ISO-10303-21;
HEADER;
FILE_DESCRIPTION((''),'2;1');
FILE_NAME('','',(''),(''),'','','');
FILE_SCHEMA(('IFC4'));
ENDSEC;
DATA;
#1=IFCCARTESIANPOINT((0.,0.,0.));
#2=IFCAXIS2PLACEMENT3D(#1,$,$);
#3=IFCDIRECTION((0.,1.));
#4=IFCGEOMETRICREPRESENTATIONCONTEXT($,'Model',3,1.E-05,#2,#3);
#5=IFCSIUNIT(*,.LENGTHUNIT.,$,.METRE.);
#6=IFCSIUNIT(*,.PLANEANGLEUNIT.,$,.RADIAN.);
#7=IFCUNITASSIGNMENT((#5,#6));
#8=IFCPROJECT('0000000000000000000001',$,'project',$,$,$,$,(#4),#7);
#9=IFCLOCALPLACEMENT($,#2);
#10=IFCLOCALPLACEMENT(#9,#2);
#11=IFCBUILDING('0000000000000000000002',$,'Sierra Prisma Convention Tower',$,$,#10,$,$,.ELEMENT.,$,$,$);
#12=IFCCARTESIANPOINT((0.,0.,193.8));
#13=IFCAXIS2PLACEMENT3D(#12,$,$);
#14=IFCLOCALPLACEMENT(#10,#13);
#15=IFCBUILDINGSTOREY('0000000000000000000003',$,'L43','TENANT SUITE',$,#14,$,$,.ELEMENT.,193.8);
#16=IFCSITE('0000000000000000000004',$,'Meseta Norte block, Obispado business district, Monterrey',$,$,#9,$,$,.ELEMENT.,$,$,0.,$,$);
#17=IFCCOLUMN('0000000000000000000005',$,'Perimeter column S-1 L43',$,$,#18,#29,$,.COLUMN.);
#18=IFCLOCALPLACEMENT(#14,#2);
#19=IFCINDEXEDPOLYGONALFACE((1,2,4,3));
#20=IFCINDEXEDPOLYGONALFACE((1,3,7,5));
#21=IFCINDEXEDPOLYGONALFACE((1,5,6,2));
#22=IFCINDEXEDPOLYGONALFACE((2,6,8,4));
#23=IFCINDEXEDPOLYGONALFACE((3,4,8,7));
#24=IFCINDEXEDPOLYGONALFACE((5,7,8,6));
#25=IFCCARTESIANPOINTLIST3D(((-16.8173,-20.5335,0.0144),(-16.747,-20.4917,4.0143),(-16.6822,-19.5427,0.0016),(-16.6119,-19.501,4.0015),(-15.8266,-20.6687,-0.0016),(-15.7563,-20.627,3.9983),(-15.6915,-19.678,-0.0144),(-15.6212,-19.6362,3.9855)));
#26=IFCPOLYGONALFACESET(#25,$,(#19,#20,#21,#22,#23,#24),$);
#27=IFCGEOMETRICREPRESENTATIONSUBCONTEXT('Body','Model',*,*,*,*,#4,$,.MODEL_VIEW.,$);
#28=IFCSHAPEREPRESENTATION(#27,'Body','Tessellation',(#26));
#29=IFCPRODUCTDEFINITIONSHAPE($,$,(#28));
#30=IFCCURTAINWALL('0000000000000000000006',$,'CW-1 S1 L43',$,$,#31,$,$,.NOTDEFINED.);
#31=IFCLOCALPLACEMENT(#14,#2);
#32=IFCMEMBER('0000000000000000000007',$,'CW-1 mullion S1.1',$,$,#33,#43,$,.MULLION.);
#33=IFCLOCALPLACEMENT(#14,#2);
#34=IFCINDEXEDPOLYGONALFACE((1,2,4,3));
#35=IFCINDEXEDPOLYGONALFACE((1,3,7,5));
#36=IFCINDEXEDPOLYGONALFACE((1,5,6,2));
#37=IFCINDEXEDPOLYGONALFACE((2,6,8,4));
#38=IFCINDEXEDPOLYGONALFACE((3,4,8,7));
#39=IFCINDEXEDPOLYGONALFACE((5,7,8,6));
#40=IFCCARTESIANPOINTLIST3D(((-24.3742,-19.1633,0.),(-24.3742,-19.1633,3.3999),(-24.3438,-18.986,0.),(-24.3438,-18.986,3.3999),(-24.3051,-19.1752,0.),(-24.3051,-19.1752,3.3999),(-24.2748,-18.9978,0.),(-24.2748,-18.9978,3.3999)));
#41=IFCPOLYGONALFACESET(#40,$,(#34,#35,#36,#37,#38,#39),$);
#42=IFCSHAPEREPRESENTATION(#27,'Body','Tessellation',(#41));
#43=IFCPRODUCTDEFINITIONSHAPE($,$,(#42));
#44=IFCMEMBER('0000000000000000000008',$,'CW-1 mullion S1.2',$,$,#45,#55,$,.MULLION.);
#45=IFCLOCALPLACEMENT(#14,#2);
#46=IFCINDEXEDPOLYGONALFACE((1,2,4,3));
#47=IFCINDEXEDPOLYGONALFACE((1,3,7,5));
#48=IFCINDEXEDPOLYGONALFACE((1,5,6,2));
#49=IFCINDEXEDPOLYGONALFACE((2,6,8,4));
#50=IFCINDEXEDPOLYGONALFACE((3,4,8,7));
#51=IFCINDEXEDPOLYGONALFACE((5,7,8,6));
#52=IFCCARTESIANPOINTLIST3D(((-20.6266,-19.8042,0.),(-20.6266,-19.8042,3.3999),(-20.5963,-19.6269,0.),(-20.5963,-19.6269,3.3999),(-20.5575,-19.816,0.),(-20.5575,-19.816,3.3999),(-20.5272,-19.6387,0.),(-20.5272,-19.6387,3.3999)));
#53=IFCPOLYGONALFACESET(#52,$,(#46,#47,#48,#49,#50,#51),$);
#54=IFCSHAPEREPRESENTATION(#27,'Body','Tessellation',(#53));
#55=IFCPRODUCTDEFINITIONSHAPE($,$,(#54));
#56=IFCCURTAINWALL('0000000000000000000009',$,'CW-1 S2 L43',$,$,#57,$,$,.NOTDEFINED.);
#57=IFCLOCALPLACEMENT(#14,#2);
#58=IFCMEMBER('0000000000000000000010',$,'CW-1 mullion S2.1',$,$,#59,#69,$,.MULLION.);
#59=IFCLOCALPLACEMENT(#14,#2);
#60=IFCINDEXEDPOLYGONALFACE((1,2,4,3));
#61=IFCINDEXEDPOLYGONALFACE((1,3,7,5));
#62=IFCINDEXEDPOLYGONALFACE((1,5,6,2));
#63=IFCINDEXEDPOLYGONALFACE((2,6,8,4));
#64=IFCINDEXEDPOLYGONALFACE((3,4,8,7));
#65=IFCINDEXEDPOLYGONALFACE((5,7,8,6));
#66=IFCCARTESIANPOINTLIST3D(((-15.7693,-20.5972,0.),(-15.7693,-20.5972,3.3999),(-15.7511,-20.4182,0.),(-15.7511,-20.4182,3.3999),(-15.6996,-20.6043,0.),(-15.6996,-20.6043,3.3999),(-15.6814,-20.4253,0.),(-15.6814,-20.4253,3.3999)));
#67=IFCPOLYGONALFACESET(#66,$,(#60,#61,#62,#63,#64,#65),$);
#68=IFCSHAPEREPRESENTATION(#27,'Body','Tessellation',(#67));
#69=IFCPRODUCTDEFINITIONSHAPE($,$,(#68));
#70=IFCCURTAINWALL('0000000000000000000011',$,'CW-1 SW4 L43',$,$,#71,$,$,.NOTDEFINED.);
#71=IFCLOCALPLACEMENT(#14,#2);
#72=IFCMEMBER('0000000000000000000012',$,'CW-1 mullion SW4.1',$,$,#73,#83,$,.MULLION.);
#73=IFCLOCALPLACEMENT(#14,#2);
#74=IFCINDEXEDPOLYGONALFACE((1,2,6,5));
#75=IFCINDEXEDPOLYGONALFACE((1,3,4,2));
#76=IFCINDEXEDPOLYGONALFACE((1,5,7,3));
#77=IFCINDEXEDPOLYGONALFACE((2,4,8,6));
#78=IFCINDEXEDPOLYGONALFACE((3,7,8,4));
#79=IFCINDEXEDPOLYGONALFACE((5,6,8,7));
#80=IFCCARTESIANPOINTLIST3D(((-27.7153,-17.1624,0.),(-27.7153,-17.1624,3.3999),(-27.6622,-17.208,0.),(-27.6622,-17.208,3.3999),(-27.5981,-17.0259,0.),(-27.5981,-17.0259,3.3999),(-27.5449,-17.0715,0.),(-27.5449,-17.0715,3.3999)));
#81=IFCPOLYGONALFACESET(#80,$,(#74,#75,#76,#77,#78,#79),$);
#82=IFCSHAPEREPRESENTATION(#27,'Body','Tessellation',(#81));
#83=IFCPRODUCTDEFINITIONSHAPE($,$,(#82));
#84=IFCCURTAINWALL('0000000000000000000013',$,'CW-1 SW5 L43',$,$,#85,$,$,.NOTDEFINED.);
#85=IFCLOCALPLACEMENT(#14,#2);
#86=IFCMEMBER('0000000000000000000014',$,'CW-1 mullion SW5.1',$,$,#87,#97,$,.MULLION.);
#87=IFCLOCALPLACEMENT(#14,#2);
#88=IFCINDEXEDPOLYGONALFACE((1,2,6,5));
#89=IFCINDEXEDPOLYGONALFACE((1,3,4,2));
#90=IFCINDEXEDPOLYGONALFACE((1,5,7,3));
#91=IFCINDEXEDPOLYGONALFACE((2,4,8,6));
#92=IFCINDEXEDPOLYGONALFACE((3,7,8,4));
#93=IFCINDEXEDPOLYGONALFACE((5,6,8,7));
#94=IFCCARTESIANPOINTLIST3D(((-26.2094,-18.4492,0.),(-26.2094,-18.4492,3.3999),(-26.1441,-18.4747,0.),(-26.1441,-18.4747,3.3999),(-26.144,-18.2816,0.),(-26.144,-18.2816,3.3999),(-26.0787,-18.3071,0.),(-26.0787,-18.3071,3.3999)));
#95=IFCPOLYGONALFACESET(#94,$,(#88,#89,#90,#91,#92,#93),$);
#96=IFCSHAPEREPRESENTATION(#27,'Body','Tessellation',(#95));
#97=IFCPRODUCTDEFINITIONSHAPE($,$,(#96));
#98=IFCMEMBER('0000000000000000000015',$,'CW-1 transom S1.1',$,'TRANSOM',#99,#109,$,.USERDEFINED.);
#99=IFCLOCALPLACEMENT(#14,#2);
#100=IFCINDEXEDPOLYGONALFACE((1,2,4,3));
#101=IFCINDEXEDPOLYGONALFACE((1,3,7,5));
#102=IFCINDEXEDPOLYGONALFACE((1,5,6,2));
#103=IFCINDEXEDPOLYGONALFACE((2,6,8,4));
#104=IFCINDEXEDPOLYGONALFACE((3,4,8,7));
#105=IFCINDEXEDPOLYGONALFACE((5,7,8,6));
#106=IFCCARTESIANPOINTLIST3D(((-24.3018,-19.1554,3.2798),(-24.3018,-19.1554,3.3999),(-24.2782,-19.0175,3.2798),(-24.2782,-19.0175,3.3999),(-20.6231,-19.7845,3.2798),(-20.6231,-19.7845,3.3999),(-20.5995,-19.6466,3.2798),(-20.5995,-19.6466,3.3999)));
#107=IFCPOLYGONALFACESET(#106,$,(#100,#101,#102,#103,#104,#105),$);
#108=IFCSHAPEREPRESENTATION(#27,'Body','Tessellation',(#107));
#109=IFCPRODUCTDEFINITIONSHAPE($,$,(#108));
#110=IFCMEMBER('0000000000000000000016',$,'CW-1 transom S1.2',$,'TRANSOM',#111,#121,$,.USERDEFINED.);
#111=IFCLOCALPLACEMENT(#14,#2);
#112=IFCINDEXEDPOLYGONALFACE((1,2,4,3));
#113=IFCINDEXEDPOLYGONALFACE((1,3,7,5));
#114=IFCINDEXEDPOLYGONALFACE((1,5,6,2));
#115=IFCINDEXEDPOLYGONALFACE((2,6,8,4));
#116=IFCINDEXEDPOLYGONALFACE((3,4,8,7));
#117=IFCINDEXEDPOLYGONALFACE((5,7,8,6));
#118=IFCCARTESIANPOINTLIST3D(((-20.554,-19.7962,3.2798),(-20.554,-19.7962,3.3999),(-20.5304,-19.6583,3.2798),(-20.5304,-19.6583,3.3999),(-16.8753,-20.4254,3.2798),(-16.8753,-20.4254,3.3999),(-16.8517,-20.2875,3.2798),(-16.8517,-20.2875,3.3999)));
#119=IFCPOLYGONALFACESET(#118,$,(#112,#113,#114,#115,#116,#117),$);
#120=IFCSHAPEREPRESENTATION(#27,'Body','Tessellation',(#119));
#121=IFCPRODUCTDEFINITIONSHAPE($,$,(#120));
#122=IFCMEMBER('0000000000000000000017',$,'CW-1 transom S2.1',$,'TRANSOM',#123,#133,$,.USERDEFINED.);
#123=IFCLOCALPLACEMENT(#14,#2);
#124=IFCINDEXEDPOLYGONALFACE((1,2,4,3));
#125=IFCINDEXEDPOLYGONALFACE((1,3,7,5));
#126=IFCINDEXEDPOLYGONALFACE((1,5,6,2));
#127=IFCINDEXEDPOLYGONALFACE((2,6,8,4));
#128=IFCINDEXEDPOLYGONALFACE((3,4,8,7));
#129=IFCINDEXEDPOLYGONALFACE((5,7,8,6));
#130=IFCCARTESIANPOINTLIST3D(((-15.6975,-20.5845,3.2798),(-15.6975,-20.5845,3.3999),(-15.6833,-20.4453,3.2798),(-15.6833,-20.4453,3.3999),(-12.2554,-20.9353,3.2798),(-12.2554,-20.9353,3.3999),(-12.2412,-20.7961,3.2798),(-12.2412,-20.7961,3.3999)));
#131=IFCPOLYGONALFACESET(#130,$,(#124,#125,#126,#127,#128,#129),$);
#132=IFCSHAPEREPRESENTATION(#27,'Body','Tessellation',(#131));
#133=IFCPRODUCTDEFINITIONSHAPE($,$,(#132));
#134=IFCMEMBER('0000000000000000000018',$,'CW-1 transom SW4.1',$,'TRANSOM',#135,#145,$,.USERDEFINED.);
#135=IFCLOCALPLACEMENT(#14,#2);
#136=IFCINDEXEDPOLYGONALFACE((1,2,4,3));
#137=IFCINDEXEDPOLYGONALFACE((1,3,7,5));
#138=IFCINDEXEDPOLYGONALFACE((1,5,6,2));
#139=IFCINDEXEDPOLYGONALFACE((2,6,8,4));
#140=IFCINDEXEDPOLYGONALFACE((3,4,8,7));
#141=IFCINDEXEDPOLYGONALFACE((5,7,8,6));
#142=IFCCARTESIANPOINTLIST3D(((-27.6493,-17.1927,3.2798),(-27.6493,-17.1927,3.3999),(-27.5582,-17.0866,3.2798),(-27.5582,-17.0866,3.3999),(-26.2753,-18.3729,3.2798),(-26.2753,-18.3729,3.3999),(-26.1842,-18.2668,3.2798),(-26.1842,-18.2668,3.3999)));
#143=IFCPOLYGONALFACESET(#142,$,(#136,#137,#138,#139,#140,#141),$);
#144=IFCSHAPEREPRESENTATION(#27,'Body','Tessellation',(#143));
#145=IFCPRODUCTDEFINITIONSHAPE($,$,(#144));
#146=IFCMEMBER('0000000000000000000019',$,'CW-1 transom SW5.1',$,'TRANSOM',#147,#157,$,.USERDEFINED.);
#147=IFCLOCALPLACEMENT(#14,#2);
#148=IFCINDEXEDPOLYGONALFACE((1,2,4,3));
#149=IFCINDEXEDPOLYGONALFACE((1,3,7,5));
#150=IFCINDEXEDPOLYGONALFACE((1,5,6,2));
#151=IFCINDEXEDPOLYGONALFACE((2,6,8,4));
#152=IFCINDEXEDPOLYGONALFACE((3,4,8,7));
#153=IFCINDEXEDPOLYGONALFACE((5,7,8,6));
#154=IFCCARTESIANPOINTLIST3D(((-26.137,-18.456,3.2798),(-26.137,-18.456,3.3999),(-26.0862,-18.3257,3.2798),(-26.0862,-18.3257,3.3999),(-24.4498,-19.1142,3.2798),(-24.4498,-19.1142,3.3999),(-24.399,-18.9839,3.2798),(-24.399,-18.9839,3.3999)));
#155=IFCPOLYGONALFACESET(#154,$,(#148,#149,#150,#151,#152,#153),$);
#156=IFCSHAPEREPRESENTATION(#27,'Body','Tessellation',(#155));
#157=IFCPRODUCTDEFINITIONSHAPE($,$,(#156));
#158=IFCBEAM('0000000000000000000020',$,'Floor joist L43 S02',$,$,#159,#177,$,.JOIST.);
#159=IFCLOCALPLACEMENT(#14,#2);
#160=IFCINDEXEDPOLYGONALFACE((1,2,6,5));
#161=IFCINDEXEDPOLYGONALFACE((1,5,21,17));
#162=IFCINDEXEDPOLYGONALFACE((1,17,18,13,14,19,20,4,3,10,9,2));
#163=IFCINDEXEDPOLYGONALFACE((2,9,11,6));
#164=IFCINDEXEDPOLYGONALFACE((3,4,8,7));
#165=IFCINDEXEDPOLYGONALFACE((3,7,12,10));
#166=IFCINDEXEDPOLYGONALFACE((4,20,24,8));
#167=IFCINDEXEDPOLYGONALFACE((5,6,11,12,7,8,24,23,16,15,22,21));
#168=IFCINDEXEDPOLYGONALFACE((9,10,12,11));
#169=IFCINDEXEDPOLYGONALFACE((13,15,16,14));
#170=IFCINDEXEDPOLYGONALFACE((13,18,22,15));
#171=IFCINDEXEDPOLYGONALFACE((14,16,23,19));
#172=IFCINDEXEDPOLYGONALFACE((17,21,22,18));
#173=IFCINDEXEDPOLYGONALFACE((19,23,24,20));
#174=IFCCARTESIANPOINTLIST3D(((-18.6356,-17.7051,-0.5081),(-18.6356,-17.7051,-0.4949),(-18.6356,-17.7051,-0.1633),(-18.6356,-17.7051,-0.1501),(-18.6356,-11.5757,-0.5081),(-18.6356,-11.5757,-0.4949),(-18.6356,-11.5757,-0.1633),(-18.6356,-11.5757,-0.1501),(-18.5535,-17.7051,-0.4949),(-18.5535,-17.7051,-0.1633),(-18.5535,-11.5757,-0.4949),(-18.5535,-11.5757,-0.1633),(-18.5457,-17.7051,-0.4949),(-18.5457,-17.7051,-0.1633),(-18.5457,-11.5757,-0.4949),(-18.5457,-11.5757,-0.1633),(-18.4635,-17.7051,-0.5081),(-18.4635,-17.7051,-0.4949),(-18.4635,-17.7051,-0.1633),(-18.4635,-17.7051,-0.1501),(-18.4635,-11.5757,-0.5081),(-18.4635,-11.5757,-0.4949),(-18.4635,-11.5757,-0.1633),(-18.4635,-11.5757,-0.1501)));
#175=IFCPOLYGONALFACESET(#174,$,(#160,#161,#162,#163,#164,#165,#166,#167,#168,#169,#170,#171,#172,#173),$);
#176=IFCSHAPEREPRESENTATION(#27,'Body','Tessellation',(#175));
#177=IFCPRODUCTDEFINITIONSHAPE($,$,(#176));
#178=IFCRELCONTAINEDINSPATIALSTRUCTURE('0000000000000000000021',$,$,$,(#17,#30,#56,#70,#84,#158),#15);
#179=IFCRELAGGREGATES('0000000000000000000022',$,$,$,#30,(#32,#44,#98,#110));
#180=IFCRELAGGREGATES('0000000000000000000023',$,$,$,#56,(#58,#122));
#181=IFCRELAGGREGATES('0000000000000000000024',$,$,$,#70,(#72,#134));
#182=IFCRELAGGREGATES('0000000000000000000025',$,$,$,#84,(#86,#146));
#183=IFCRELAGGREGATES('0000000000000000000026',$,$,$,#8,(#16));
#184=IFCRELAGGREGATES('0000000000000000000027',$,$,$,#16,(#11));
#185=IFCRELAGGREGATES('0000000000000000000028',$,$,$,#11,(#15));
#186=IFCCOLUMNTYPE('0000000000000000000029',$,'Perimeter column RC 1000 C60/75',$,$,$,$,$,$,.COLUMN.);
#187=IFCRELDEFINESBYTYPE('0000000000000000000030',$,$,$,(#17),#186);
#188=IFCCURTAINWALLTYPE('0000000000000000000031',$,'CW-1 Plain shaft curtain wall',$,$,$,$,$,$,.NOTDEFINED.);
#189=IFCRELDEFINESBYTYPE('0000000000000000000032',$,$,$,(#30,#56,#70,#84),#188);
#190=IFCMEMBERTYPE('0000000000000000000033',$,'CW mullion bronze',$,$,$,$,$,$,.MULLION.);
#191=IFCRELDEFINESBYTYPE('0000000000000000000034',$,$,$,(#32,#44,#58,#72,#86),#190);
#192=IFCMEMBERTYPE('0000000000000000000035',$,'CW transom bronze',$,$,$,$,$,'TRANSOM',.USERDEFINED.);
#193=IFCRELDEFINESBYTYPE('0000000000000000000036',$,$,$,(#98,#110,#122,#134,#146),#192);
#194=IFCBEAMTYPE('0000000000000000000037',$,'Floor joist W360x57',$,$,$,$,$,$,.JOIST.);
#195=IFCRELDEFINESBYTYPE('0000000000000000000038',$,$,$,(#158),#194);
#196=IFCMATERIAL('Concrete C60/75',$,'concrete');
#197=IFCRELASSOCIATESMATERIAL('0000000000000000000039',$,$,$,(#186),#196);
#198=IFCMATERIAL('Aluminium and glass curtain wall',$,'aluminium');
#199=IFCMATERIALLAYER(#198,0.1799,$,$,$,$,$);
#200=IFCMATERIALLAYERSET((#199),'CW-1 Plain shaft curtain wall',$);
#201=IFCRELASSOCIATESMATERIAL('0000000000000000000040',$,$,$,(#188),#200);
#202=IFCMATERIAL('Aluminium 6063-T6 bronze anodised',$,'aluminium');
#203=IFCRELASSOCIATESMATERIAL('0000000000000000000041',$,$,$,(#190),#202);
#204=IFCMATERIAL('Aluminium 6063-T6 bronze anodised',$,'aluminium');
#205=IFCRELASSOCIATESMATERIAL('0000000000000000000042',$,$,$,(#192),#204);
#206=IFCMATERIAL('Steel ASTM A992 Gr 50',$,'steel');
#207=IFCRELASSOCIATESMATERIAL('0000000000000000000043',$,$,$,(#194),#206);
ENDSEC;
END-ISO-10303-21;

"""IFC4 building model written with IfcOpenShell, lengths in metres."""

from ifc_helpers import new_model, si_unit, direction, frame, origin, origin_2d, place, context, subcontext, project, spatial, rectangle, i_section, extrude, material, layer, layer_set, material_profile, profile_set, type_object, element, aggregate, save


model = new_model("IFC4")

# Units and contexts
model_context = context("Model", 3, precision=1e-05, world=origin(), true_north=direction((0.0, 1.0)))
body_context = subcontext(model_context, "Body", "Model", "MODEL_VIEW")
ifc_project = project(units=[si_unit("LENGTHUNIT", "METRE"), si_unit("PLANEANGLEUNIT", "RADIAN")], contexts=[model_context])

# Site, building, storey
site_placement = place(None, origin())
site = spatial("IfcSite", under=ifc_project, at=site_placement, Name="Meseta Norte block, Obispado business district, Monterrey", CompositionType="ELEMENT", RefElevation=0.0)
building_placement = place(site_placement, origin())
building = spatial("IfcBuilding", under=site, at=building_placement, Name="Sierra Prisma Convention Tower", CompositionType="ELEMENT")
storey_placement = place(building_placement, frame((0.0, 0.0, 193.8)))
storey = spatial("IfcBuildingStorey", under=building, at=storey_placement, Name="L43", Description="TENANT SUITE", CompositionType="ELEMENT", Elevation=193.8)

# Column
ifc_material_1 = material(Name="Concrete C60/75", Category="concrete")
ifc_material_profile_1 = material_profile(ifc_material_1, rectangle(XDim=1.0, YDim=1.0, at=origin_2d()), Name="Perimeter column RC 1000 C60/75")
ifc_profile_set_1 = profile_set([ifc_material_profile_1], Name="Concrete C60/75")
column_type = type_object("IfcColumnType", Name="Perimeter column RC 1000 C60/75", PredefinedType="COLUMN", material=ifc_profile_set_1)
column_placement = place(storey_placement, frame((-16.2544, -20.1057, 0.0), z_axis=(0.017574, 0.010435, 0.999791), x_axis=(-0.990681, 0.135257, 0.016003)))
element("IfcColumn", 1, at=column_placement, inside=storey, type_object=column_type, Name="Perimeter column S-1 L43", PredefinedType="COLUMN", context=body_context, shape_type="SweptSolid", body=[
    extrude(rectangle(XDim=1.0, YDim=1.0, at=origin_2d()), origin(), (0.0, 0.0, 1.0), 4.0007),
])

# Curtain wall, members
ifc_material_2 = material(Name="Aluminium and glass curtain wall", Category="aluminium")
ifc_layer_1 = layer(ifc_material_2, 0.1799)
ifc_layer_set_1 = layer_set([ifc_layer_1], Name="CW-1 Plain shaft curtain wall")
curtain_wall_type = type_object("IfcCurtainWallType", Name="CW-1 Plain shaft curtain wall", PredefinedType="NOTDEFINED", material=ifc_layer_set_1)
curtain_wall_1_placement = place(storey_placement, origin())
curtain_wall_1 = element("IfcCurtainWall", 2, at=curtain_wall_1_placement, inside=storey, type_object=curtain_wall_type, Name="CW-1 S1 L43", PredefinedType="NOTDEFINED")
ifc_material_3 = material(Name="Aluminium 6063-T6 bronze anodised", Category="aluminium")
ifc_material_profile_2 = material_profile(ifc_material_3, rectangle(XDim=0.1799, YDim=0.0701, at=origin_2d()), Name="ALU MULLION 70x180")
ifc_profile_set_2 = profile_set([ifc_material_profile_2], Name="Aluminium 6063-T6 bronze anodised")
member_type_1 = type_object("IfcMemberType", Name="CW mullion bronze", PredefinedType="MULLION", material=ifc_profile_set_2)
member_1_placement = place(storey_placement, frame((-24.3245, -19.0806, 0.0), z_axis=(0.0, 0.0, 1.0), x_axis=(0.168563, 0.985691, 0.0)))
member_1 = element("IfcMember", 3, at=member_1_placement, type_object=member_type_1, Name="CW-1 mullion S1.1", PredefinedType="MULLION", context=body_context, shape_type="SweptSolid", body=[
    extrude(rectangle(XDim=0.1799, YDim=0.0701, at=origin_2d()), origin(), (0.0, 0.0, 1.0), 3.3999),
])
member_2_placement = place(storey_placement, frame((-20.5769, -19.7214, 0.0), z_axis=(0.0, 0.0, 1.0), x_axis=(0.168563, 0.985691, 0.0)))
member_2 = element("IfcMember", 4, at=member_2_placement, type_object=member_type_1, Name="CW-1 mullion S1.2", PredefinedType="MULLION", context=body_context, shape_type="SweptSolid", body=[
    extrude(rectangle(XDim=0.1799, YDim=0.0701, at=origin_2d()), origin(), (0.0, 0.0, 1.0), 3.3999),
])

# Curtain walls, members
curtain_wall_2_placement = place(storey_placement, origin())
curtain_wall_2 = element("IfcCurtainWall", 5, at=curtain_wall_2_placement, inside=storey, type_object=curtain_wall_type, Name="CW-1 S2 L43", PredefinedType="NOTDEFINED")
member_3_placement = place(storey_placement, frame((-15.7253, -20.5112, 0.0), z_axis=(0.0, 0.0, 1.0), x_axis=(0.101448, 0.994841, 0.0)))
member_3 = element("IfcMember", 6, at=member_3_placement, type_object=member_type_1, Name="CW-1 mullion S2.1", PredefinedType="MULLION", context=body_context, shape_type="SweptSolid", body=[
    extrude(rectangle(XDim=0.1799, YDim=0.0701, at=origin_2d()), origin(), (0.0, 0.0, 1.0), 3.3999),
])
curtain_wall_3_placement = place(storey_placement, origin())
curtain_wall_3 = element("IfcCurtainWall", 7, at=curtain_wall_3_placement, inside=storey, type_object=curtain_wall_type, Name="CW-1 SW4 L43", PredefinedType="NOTDEFINED")
member_4_placement = place(storey_placement, frame((-27.6301, -17.1169, 0.0), z_axis=(0.0, 0.0, 1.0), x_axis=(0.651543, 0.758612, 0.0)))
member_4 = element("IfcMember", 8, at=member_4_placement, type_object=member_type_1, Name="CW-1 mullion SW4.1", PredefinedType="MULLION", context=body_context, shape_type="SweptSolid", body=[
    extrude(rectangle(XDim=0.1799, YDim=0.0701, at=origin_2d()), origin(), (0.0, 0.0, 1.0), 3.3999),
])
curtain_wall_4_placement = place(storey_placement, origin())
curtain_wall_4 = element("IfcCurtainWall", 9, at=curtain_wall_4_placement, inside=storey, type_object=curtain_wall_type, Name="CW-1 SW5 L43", PredefinedType="NOTDEFINED")
member_5_placement = place(storey_placement, frame((-26.144, -18.3782, 0.0), z_axis=(0.0, 0.0, 1.0), x_axis=(0.363513, 0.931589, 0.0)))
member_5 = element("IfcMember", 10, at=member_5_placement, type_object=member_type_1, Name="CW-1 mullion SW5.1", PredefinedType="MULLION", context=body_context, shape_type="SweptSolid", body=[
    extrude(rectangle(XDim=0.1799, YDim=0.0701, at=origin_2d()), origin(), (0.0, 0.0, 1.0), 3.3999),
])

# Members
ifc_material_4 = material(Name="Aluminium 6063-T6 bronze anodised", Category="aluminium")
ifc_material_profile_3 = material_profile(ifc_material_4, rectangle(XDim=0.1399, YDim=0.1201, at=origin_2d()), Name="ALU TRANSOM 120x140")
ifc_profile_set_3 = profile_set([ifc_material_profile_3], Name="Aluminium 6063-T6 bronze anodised")
member_type_2 = type_object("IfcMemberType", Name="CW transom bronze", ElementType="TRANSOM", PredefinedType="USERDEFINED", material=ifc_profile_set_3)
member_6_placement = place(storey_placement, frame((-24.29, -19.0864, 3.3398), z_axis=(0.985688, -0.168577, 0.0), x_axis=(0.168577, 0.985688, 0.0)))
member_6 = element("IfcMember", 11, at=member_6_placement, type_object=member_type_2, Name="CW-1 transom S1.1", ObjectType="TRANSOM", PredefinedType="USERDEFINED", context=body_context, shape_type="SweptSolid", body=[
    extrude(rectangle(XDim=0.1399, YDim=0.1201, at=origin_2d()), origin(), (0.0, 0.0, 1.0), 3.7322),
])
member_7_placement = place(storey_placement, frame((-20.5422, -19.7273, 3.3398), z_axis=(0.985688, -0.168577, 0.0), x_axis=(0.168577, 0.985688, 0.0)))
member_7 = element("IfcMember", 12, at=member_7_placement, type_object=member_type_2, Name="CW-1 transom S1.2", ObjectType="TRANSOM", PredefinedType="USERDEFINED", context=body_context, shape_type="SweptSolid", body=[
    extrude(rectangle(XDim=0.1399, YDim=0.1201, at=origin_2d()), origin(), (0.0, 0.0, 1.0), 3.7322),
])
member_8_placement = place(storey_placement, frame((-15.6904, -20.5149, 3.3398), z_axis=(0.994846, -0.101397, 0.0), x_axis=(0.101397, 0.994846, 0.0)))
member_8 = element("IfcMember", 13, at=member_8_placement, type_object=member_type_2, Name="CW-1 transom S2.1", ObjectType="TRANSOM", PredefinedType="USERDEFINED", context=body_context, shape_type="SweptSolid", body=[
    extrude(rectangle(XDim=0.1399, YDim=0.1201, at=origin_2d()), origin(), (0.0, 0.0, 1.0), 3.46),
])
member_9_placement = place(storey_placement, frame((-27.6038, -17.1396, 3.3398), z_axis=(0.75859, -0.651568, 0.0), x_axis=(0.651568, 0.75859, 0.0)))
member_9 = element("IfcMember", 14, at=member_9_placement, type_object=member_type_2, Name="CW-1 transom SW4.1", ObjectType="TRANSOM", PredefinedType="USERDEFINED", context=body_context, shape_type="SweptSolid", body=[
    extrude(rectangle(XDim=0.1399, YDim=0.1201, at=origin_2d()), origin(), (0.0, 0.0, 1.0), 1.8113),
])
member_10_placement = place(storey_placement, frame((-26.1116, -18.3909, 3.3398), z_axis=(0.931622, -0.363428, 0.0), x_axis=(0.363428, 0.931622, 0.0)))
member_10 = element("IfcMember", 15, at=member_10_placement, type_object=member_type_2, Name="CW-1 transom SW5.1", ObjectType="TRANSOM", PredefinedType="USERDEFINED", context=body_context, shape_type="SweptSolid", body=[
    extrude(rectangle(XDim=0.1399, YDim=0.1201, at=origin_2d()), origin(), (0.0, 0.0, 1.0), 1.811),
])

# Beam
ifc_material_5 = material(Name="Steel ASTM A992 Gr 50", Category="steel")
ifc_material_profile_4 = material_profile(ifc_material_5, i_section(OverallWidth=0.1721, OverallDepth=0.3579, WebThickness=0.0078, FlangeThickness=0.0132, at=origin_2d()), Name="W360x57")
ifc_profile_set_4 = profile_set([ifc_material_profile_4], Name="Steel ASTM A992 Gr 50")
beam_type_1 = type_object("IfcBeamType", Name="Floor joist W360x57", PredefinedType="JOIST", material=ifc_profile_set_4)
beam_1_placement = place(storey_placement, frame((-18.5496, -17.7051, -0.3291), z_axis=(0.0, 1.0, 0.0), x_axis=(-1.0, 0.0, 0.0)))
element("IfcBeam", 16, at=beam_1_placement, inside=storey, type_object=beam_type_1, Name="Floor joist L43 S02", PredefinedType="JOIST", context=body_context, shape_type="SweptSolid", body=[
    extrude(i_section(OverallWidth=0.1721, OverallDepth=0.3579, WebThickness=0.0078, FlangeThickness=0.0132, at=origin_2d()), origin(), (0.0, 0.0, 1.0), 6.1294),
])

aggregate(curtain_wall_1, [member_1, member_2, member_6, member_7])
aggregate(curtain_wall_2, [member_3, member_8])

aggregate(curtain_wall_3, [member_4, member_9])
aggregate(curtain_wall_4, [member_5, member_10])

save(model, "model.ifc")
